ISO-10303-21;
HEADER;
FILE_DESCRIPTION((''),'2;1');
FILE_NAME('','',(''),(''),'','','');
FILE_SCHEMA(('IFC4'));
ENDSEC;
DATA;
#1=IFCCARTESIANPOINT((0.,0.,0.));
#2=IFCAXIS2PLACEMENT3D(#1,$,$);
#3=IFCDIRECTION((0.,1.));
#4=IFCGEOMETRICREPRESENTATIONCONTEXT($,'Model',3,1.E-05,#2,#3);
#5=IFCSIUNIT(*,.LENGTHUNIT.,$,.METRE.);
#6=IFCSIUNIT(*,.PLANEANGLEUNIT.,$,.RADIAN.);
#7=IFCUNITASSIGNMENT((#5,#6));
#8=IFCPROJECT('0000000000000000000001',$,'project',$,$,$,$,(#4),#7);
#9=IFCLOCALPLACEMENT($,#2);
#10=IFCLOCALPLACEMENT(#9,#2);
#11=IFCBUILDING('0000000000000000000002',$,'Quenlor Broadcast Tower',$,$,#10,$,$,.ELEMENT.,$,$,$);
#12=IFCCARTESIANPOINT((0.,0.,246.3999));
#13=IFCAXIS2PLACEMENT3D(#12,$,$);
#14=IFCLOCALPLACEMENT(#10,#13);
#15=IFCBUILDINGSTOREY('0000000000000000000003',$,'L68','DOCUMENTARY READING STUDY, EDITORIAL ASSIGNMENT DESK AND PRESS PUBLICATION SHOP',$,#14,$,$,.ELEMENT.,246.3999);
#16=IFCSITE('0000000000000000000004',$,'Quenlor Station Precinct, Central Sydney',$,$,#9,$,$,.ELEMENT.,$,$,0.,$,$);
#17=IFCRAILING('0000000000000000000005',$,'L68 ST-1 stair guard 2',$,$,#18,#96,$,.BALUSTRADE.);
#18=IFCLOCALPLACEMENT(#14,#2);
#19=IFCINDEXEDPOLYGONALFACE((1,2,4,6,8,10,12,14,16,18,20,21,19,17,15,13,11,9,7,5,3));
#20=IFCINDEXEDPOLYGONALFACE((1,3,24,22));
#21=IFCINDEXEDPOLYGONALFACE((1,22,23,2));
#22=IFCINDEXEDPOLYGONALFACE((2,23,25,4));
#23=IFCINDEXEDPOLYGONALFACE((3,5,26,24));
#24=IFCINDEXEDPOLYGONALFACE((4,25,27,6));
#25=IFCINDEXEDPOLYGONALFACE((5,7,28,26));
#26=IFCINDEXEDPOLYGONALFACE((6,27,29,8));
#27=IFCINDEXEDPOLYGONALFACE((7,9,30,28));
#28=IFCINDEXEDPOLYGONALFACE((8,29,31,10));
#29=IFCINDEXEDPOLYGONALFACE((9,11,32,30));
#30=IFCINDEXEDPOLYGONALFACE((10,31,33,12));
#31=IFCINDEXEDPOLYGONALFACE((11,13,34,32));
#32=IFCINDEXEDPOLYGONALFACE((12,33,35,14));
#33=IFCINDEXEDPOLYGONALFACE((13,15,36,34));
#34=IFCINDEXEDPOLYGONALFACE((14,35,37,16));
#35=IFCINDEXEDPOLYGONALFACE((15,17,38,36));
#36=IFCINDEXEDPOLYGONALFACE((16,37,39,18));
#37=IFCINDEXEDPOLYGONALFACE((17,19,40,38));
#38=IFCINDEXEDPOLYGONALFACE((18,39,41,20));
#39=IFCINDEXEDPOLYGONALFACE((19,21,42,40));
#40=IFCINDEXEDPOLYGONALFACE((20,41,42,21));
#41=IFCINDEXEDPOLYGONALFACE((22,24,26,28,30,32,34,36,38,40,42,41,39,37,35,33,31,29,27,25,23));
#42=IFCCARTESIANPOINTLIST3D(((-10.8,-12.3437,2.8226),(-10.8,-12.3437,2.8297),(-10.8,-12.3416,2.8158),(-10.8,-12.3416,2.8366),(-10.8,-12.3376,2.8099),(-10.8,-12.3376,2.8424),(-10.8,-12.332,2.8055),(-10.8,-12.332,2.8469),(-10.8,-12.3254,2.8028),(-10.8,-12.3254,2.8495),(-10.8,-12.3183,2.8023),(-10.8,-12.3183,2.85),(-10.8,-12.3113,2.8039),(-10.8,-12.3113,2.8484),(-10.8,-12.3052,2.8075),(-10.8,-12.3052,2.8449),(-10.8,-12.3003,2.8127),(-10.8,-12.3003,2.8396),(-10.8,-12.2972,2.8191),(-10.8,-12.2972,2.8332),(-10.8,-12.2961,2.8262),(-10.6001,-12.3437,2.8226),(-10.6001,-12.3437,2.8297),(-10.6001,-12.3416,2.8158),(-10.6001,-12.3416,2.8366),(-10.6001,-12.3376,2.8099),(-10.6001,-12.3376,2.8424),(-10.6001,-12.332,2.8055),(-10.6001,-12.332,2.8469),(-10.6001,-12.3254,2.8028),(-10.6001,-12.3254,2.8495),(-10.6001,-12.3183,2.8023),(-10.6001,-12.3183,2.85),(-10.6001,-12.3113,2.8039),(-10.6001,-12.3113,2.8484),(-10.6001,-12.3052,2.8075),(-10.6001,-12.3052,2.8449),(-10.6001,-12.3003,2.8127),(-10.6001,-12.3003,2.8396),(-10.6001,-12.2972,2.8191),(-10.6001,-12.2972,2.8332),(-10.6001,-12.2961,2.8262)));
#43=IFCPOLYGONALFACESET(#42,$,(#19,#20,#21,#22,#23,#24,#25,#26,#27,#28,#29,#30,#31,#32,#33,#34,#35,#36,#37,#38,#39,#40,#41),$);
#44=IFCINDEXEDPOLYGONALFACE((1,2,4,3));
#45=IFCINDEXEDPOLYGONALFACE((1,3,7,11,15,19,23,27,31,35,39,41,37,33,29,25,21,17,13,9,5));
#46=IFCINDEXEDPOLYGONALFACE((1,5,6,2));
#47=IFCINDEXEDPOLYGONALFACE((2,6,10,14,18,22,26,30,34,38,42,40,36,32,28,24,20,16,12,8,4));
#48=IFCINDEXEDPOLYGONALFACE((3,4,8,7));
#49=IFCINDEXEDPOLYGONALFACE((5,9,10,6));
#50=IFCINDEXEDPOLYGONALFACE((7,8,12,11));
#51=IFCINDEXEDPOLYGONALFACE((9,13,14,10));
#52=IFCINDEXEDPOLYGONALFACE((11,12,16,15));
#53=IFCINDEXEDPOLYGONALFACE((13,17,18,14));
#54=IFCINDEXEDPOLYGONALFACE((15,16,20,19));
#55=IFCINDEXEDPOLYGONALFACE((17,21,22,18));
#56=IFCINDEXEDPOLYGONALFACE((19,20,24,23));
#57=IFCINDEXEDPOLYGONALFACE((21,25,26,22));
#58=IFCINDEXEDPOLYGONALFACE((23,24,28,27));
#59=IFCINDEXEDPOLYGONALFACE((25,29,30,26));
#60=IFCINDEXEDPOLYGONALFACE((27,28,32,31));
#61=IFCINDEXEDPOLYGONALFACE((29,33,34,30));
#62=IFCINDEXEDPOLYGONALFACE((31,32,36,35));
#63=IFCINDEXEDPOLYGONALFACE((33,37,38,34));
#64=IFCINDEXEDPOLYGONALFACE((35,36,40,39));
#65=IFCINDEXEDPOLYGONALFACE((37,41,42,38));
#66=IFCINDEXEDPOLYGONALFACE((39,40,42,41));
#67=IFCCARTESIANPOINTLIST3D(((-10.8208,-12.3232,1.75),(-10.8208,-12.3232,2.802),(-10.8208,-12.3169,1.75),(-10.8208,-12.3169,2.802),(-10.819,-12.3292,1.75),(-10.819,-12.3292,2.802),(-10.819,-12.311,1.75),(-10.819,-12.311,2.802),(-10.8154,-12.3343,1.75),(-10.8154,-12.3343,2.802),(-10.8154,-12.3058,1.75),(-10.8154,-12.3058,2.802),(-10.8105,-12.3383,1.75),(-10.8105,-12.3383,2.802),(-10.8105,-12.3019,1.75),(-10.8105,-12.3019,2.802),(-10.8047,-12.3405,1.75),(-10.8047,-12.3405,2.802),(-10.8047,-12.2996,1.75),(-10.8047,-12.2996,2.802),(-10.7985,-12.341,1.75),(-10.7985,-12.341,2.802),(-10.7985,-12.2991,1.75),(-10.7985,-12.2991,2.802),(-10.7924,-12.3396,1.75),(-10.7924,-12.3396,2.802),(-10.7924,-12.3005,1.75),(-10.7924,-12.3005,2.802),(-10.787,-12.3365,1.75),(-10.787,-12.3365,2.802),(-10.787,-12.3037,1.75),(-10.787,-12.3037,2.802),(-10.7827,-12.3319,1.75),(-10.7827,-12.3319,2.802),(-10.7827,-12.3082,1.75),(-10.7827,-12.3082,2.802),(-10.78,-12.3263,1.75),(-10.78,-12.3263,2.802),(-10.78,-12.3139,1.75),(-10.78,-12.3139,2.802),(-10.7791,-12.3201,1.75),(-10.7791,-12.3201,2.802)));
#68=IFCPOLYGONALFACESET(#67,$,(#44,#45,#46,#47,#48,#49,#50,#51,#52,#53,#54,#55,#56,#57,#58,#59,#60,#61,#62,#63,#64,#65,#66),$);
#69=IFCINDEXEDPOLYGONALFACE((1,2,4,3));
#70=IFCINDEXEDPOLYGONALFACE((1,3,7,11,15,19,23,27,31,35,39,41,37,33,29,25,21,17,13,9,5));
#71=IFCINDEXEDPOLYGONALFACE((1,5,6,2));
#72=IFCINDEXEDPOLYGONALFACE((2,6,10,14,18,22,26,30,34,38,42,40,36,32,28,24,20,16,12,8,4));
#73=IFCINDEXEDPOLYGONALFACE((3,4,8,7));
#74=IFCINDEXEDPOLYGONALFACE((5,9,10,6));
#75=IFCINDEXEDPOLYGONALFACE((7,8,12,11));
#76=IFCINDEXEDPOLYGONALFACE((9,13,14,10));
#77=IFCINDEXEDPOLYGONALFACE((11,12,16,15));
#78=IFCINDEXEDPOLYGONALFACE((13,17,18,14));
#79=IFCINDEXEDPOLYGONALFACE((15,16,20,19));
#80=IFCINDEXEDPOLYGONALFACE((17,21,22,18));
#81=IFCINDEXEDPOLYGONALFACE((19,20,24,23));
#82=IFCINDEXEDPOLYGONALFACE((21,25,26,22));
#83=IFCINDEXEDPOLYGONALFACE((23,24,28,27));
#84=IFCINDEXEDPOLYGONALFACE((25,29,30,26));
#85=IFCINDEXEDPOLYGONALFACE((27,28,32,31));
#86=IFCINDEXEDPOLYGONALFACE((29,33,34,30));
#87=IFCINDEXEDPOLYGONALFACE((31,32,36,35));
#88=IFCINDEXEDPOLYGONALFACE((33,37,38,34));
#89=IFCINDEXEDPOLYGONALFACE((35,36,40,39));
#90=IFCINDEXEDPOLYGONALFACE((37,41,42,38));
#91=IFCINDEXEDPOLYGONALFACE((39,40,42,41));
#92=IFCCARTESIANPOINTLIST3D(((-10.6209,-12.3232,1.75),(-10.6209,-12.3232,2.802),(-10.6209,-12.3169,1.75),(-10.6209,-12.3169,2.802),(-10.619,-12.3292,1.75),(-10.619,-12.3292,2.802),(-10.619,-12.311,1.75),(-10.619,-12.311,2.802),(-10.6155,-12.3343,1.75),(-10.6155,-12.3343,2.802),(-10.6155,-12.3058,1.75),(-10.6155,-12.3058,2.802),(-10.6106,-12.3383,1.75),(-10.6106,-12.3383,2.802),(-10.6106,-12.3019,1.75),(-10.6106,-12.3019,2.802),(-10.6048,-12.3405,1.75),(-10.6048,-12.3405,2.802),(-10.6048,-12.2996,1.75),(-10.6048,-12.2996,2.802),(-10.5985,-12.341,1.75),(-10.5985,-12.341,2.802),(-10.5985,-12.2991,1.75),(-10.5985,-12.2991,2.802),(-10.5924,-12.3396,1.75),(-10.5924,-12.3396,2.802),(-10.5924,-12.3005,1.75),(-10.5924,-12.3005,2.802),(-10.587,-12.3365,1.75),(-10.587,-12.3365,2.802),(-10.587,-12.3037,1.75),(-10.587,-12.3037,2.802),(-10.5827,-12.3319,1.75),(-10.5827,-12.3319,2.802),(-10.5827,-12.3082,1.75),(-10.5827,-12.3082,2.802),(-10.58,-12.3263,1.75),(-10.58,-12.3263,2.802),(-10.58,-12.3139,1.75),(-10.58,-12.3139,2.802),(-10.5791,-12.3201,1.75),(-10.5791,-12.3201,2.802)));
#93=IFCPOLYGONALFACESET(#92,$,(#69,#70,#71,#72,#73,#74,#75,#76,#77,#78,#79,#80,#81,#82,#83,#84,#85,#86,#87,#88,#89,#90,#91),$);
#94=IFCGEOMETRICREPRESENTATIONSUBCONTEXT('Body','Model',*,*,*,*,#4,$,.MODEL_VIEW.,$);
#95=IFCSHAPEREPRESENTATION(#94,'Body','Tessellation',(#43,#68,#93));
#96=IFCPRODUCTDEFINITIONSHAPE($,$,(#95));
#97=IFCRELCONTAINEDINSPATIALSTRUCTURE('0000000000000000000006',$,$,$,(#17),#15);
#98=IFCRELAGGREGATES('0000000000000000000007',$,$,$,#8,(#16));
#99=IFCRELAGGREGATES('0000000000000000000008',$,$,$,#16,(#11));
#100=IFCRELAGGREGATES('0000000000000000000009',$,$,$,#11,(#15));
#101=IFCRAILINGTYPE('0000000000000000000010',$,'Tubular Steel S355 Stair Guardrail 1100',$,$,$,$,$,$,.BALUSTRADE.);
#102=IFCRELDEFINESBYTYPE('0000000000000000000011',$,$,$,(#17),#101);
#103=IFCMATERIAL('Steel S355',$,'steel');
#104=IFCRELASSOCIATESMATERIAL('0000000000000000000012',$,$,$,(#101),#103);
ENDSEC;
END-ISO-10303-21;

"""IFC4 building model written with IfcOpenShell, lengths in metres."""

from ifc_helpers import new_model, si_unit, direction, frame, origin, origin_2d, place, context, subcontext, project, spatial, circle, extrude, material, type_object, element, save


model = new_model("IFC4")

# Units and contexts
model_context = context("Model", 3, precision=1e-05, world=origin(), true_north=direction((0.0, 1.0)))
body_context = subcontext(model_context, "Body", "Model", "MODEL_VIEW")
ifc_project = project(units=[si_unit("LENGTHUNIT", "METRE"), si_unit("PLANEANGLEUNIT", "RADIAN")], contexts=[model_context])

# Site, building, storey
site_placement = place(None, origin())
site = spatial("IfcSite", under=ifc_project, at=site_placement, Name="Quenlor Station Precinct, Central Sydney", CompositionType="ELEMENT", RefElevation=0.0)
building_placement = place(site_placement, origin())
building = spatial("IfcBuilding", under=site, at=building_placement, Name="Quenlor Broadcast Tower", CompositionType="ELEMENT")
storey_placement = place(building_placement, frame((0.0, 0.0, 246.3999)))
storey = spatial("IfcBuildingStorey", under=building, at=storey_placement, Name="L68", Description="DOCUMENTARY READING STUDY, EDITORIAL ASSIGNMENT DESK AND PRESS PUBLICATION SHOP", CompositionType="ELEMENT", Elevation=246.3999)

# Railing
ifc_material_1 = material(Name="Steel S355", Category="steel")
railing_type_1 = type_object("IfcRailingType", Name="Tubular Steel S355 Stair Guardrail 1100", PredefinedType="BALUSTRADE", material=ifc_material_1)
railing_1_placement = place(storey_placement, frame((-10.8, -12.3201, 1.75)))
element("IfcRailing", 1, at=railing_1_placement, inside=storey, type_object=railing_type_1, Name="L68 ST-1 stair guard 2", PredefinedType="BALUSTRADE", context=body_context, shape_type="SweptSolid", body=[
    extrude(circle(Radius=0.0239, at=origin_2d()), frame((0.0, 0.0, 1.0762), z_axis=(1.0, 0.0, 0.0), x_axis=(0.0, 1.0, 0.0)), (0.0, 0.0, 1.0), 0.2),
    extrude(circle(Radius=0.021, at=origin_2d()), origin(), (0.0, 0.0, 1.0), 1.052),
    extrude(circle(Radius=0.021, at=origin_2d()), frame((0.2, 0.0, 0.0)), (0.0, 0.0, 1.0), 1.052),
])

save(model, "model.ifc")
